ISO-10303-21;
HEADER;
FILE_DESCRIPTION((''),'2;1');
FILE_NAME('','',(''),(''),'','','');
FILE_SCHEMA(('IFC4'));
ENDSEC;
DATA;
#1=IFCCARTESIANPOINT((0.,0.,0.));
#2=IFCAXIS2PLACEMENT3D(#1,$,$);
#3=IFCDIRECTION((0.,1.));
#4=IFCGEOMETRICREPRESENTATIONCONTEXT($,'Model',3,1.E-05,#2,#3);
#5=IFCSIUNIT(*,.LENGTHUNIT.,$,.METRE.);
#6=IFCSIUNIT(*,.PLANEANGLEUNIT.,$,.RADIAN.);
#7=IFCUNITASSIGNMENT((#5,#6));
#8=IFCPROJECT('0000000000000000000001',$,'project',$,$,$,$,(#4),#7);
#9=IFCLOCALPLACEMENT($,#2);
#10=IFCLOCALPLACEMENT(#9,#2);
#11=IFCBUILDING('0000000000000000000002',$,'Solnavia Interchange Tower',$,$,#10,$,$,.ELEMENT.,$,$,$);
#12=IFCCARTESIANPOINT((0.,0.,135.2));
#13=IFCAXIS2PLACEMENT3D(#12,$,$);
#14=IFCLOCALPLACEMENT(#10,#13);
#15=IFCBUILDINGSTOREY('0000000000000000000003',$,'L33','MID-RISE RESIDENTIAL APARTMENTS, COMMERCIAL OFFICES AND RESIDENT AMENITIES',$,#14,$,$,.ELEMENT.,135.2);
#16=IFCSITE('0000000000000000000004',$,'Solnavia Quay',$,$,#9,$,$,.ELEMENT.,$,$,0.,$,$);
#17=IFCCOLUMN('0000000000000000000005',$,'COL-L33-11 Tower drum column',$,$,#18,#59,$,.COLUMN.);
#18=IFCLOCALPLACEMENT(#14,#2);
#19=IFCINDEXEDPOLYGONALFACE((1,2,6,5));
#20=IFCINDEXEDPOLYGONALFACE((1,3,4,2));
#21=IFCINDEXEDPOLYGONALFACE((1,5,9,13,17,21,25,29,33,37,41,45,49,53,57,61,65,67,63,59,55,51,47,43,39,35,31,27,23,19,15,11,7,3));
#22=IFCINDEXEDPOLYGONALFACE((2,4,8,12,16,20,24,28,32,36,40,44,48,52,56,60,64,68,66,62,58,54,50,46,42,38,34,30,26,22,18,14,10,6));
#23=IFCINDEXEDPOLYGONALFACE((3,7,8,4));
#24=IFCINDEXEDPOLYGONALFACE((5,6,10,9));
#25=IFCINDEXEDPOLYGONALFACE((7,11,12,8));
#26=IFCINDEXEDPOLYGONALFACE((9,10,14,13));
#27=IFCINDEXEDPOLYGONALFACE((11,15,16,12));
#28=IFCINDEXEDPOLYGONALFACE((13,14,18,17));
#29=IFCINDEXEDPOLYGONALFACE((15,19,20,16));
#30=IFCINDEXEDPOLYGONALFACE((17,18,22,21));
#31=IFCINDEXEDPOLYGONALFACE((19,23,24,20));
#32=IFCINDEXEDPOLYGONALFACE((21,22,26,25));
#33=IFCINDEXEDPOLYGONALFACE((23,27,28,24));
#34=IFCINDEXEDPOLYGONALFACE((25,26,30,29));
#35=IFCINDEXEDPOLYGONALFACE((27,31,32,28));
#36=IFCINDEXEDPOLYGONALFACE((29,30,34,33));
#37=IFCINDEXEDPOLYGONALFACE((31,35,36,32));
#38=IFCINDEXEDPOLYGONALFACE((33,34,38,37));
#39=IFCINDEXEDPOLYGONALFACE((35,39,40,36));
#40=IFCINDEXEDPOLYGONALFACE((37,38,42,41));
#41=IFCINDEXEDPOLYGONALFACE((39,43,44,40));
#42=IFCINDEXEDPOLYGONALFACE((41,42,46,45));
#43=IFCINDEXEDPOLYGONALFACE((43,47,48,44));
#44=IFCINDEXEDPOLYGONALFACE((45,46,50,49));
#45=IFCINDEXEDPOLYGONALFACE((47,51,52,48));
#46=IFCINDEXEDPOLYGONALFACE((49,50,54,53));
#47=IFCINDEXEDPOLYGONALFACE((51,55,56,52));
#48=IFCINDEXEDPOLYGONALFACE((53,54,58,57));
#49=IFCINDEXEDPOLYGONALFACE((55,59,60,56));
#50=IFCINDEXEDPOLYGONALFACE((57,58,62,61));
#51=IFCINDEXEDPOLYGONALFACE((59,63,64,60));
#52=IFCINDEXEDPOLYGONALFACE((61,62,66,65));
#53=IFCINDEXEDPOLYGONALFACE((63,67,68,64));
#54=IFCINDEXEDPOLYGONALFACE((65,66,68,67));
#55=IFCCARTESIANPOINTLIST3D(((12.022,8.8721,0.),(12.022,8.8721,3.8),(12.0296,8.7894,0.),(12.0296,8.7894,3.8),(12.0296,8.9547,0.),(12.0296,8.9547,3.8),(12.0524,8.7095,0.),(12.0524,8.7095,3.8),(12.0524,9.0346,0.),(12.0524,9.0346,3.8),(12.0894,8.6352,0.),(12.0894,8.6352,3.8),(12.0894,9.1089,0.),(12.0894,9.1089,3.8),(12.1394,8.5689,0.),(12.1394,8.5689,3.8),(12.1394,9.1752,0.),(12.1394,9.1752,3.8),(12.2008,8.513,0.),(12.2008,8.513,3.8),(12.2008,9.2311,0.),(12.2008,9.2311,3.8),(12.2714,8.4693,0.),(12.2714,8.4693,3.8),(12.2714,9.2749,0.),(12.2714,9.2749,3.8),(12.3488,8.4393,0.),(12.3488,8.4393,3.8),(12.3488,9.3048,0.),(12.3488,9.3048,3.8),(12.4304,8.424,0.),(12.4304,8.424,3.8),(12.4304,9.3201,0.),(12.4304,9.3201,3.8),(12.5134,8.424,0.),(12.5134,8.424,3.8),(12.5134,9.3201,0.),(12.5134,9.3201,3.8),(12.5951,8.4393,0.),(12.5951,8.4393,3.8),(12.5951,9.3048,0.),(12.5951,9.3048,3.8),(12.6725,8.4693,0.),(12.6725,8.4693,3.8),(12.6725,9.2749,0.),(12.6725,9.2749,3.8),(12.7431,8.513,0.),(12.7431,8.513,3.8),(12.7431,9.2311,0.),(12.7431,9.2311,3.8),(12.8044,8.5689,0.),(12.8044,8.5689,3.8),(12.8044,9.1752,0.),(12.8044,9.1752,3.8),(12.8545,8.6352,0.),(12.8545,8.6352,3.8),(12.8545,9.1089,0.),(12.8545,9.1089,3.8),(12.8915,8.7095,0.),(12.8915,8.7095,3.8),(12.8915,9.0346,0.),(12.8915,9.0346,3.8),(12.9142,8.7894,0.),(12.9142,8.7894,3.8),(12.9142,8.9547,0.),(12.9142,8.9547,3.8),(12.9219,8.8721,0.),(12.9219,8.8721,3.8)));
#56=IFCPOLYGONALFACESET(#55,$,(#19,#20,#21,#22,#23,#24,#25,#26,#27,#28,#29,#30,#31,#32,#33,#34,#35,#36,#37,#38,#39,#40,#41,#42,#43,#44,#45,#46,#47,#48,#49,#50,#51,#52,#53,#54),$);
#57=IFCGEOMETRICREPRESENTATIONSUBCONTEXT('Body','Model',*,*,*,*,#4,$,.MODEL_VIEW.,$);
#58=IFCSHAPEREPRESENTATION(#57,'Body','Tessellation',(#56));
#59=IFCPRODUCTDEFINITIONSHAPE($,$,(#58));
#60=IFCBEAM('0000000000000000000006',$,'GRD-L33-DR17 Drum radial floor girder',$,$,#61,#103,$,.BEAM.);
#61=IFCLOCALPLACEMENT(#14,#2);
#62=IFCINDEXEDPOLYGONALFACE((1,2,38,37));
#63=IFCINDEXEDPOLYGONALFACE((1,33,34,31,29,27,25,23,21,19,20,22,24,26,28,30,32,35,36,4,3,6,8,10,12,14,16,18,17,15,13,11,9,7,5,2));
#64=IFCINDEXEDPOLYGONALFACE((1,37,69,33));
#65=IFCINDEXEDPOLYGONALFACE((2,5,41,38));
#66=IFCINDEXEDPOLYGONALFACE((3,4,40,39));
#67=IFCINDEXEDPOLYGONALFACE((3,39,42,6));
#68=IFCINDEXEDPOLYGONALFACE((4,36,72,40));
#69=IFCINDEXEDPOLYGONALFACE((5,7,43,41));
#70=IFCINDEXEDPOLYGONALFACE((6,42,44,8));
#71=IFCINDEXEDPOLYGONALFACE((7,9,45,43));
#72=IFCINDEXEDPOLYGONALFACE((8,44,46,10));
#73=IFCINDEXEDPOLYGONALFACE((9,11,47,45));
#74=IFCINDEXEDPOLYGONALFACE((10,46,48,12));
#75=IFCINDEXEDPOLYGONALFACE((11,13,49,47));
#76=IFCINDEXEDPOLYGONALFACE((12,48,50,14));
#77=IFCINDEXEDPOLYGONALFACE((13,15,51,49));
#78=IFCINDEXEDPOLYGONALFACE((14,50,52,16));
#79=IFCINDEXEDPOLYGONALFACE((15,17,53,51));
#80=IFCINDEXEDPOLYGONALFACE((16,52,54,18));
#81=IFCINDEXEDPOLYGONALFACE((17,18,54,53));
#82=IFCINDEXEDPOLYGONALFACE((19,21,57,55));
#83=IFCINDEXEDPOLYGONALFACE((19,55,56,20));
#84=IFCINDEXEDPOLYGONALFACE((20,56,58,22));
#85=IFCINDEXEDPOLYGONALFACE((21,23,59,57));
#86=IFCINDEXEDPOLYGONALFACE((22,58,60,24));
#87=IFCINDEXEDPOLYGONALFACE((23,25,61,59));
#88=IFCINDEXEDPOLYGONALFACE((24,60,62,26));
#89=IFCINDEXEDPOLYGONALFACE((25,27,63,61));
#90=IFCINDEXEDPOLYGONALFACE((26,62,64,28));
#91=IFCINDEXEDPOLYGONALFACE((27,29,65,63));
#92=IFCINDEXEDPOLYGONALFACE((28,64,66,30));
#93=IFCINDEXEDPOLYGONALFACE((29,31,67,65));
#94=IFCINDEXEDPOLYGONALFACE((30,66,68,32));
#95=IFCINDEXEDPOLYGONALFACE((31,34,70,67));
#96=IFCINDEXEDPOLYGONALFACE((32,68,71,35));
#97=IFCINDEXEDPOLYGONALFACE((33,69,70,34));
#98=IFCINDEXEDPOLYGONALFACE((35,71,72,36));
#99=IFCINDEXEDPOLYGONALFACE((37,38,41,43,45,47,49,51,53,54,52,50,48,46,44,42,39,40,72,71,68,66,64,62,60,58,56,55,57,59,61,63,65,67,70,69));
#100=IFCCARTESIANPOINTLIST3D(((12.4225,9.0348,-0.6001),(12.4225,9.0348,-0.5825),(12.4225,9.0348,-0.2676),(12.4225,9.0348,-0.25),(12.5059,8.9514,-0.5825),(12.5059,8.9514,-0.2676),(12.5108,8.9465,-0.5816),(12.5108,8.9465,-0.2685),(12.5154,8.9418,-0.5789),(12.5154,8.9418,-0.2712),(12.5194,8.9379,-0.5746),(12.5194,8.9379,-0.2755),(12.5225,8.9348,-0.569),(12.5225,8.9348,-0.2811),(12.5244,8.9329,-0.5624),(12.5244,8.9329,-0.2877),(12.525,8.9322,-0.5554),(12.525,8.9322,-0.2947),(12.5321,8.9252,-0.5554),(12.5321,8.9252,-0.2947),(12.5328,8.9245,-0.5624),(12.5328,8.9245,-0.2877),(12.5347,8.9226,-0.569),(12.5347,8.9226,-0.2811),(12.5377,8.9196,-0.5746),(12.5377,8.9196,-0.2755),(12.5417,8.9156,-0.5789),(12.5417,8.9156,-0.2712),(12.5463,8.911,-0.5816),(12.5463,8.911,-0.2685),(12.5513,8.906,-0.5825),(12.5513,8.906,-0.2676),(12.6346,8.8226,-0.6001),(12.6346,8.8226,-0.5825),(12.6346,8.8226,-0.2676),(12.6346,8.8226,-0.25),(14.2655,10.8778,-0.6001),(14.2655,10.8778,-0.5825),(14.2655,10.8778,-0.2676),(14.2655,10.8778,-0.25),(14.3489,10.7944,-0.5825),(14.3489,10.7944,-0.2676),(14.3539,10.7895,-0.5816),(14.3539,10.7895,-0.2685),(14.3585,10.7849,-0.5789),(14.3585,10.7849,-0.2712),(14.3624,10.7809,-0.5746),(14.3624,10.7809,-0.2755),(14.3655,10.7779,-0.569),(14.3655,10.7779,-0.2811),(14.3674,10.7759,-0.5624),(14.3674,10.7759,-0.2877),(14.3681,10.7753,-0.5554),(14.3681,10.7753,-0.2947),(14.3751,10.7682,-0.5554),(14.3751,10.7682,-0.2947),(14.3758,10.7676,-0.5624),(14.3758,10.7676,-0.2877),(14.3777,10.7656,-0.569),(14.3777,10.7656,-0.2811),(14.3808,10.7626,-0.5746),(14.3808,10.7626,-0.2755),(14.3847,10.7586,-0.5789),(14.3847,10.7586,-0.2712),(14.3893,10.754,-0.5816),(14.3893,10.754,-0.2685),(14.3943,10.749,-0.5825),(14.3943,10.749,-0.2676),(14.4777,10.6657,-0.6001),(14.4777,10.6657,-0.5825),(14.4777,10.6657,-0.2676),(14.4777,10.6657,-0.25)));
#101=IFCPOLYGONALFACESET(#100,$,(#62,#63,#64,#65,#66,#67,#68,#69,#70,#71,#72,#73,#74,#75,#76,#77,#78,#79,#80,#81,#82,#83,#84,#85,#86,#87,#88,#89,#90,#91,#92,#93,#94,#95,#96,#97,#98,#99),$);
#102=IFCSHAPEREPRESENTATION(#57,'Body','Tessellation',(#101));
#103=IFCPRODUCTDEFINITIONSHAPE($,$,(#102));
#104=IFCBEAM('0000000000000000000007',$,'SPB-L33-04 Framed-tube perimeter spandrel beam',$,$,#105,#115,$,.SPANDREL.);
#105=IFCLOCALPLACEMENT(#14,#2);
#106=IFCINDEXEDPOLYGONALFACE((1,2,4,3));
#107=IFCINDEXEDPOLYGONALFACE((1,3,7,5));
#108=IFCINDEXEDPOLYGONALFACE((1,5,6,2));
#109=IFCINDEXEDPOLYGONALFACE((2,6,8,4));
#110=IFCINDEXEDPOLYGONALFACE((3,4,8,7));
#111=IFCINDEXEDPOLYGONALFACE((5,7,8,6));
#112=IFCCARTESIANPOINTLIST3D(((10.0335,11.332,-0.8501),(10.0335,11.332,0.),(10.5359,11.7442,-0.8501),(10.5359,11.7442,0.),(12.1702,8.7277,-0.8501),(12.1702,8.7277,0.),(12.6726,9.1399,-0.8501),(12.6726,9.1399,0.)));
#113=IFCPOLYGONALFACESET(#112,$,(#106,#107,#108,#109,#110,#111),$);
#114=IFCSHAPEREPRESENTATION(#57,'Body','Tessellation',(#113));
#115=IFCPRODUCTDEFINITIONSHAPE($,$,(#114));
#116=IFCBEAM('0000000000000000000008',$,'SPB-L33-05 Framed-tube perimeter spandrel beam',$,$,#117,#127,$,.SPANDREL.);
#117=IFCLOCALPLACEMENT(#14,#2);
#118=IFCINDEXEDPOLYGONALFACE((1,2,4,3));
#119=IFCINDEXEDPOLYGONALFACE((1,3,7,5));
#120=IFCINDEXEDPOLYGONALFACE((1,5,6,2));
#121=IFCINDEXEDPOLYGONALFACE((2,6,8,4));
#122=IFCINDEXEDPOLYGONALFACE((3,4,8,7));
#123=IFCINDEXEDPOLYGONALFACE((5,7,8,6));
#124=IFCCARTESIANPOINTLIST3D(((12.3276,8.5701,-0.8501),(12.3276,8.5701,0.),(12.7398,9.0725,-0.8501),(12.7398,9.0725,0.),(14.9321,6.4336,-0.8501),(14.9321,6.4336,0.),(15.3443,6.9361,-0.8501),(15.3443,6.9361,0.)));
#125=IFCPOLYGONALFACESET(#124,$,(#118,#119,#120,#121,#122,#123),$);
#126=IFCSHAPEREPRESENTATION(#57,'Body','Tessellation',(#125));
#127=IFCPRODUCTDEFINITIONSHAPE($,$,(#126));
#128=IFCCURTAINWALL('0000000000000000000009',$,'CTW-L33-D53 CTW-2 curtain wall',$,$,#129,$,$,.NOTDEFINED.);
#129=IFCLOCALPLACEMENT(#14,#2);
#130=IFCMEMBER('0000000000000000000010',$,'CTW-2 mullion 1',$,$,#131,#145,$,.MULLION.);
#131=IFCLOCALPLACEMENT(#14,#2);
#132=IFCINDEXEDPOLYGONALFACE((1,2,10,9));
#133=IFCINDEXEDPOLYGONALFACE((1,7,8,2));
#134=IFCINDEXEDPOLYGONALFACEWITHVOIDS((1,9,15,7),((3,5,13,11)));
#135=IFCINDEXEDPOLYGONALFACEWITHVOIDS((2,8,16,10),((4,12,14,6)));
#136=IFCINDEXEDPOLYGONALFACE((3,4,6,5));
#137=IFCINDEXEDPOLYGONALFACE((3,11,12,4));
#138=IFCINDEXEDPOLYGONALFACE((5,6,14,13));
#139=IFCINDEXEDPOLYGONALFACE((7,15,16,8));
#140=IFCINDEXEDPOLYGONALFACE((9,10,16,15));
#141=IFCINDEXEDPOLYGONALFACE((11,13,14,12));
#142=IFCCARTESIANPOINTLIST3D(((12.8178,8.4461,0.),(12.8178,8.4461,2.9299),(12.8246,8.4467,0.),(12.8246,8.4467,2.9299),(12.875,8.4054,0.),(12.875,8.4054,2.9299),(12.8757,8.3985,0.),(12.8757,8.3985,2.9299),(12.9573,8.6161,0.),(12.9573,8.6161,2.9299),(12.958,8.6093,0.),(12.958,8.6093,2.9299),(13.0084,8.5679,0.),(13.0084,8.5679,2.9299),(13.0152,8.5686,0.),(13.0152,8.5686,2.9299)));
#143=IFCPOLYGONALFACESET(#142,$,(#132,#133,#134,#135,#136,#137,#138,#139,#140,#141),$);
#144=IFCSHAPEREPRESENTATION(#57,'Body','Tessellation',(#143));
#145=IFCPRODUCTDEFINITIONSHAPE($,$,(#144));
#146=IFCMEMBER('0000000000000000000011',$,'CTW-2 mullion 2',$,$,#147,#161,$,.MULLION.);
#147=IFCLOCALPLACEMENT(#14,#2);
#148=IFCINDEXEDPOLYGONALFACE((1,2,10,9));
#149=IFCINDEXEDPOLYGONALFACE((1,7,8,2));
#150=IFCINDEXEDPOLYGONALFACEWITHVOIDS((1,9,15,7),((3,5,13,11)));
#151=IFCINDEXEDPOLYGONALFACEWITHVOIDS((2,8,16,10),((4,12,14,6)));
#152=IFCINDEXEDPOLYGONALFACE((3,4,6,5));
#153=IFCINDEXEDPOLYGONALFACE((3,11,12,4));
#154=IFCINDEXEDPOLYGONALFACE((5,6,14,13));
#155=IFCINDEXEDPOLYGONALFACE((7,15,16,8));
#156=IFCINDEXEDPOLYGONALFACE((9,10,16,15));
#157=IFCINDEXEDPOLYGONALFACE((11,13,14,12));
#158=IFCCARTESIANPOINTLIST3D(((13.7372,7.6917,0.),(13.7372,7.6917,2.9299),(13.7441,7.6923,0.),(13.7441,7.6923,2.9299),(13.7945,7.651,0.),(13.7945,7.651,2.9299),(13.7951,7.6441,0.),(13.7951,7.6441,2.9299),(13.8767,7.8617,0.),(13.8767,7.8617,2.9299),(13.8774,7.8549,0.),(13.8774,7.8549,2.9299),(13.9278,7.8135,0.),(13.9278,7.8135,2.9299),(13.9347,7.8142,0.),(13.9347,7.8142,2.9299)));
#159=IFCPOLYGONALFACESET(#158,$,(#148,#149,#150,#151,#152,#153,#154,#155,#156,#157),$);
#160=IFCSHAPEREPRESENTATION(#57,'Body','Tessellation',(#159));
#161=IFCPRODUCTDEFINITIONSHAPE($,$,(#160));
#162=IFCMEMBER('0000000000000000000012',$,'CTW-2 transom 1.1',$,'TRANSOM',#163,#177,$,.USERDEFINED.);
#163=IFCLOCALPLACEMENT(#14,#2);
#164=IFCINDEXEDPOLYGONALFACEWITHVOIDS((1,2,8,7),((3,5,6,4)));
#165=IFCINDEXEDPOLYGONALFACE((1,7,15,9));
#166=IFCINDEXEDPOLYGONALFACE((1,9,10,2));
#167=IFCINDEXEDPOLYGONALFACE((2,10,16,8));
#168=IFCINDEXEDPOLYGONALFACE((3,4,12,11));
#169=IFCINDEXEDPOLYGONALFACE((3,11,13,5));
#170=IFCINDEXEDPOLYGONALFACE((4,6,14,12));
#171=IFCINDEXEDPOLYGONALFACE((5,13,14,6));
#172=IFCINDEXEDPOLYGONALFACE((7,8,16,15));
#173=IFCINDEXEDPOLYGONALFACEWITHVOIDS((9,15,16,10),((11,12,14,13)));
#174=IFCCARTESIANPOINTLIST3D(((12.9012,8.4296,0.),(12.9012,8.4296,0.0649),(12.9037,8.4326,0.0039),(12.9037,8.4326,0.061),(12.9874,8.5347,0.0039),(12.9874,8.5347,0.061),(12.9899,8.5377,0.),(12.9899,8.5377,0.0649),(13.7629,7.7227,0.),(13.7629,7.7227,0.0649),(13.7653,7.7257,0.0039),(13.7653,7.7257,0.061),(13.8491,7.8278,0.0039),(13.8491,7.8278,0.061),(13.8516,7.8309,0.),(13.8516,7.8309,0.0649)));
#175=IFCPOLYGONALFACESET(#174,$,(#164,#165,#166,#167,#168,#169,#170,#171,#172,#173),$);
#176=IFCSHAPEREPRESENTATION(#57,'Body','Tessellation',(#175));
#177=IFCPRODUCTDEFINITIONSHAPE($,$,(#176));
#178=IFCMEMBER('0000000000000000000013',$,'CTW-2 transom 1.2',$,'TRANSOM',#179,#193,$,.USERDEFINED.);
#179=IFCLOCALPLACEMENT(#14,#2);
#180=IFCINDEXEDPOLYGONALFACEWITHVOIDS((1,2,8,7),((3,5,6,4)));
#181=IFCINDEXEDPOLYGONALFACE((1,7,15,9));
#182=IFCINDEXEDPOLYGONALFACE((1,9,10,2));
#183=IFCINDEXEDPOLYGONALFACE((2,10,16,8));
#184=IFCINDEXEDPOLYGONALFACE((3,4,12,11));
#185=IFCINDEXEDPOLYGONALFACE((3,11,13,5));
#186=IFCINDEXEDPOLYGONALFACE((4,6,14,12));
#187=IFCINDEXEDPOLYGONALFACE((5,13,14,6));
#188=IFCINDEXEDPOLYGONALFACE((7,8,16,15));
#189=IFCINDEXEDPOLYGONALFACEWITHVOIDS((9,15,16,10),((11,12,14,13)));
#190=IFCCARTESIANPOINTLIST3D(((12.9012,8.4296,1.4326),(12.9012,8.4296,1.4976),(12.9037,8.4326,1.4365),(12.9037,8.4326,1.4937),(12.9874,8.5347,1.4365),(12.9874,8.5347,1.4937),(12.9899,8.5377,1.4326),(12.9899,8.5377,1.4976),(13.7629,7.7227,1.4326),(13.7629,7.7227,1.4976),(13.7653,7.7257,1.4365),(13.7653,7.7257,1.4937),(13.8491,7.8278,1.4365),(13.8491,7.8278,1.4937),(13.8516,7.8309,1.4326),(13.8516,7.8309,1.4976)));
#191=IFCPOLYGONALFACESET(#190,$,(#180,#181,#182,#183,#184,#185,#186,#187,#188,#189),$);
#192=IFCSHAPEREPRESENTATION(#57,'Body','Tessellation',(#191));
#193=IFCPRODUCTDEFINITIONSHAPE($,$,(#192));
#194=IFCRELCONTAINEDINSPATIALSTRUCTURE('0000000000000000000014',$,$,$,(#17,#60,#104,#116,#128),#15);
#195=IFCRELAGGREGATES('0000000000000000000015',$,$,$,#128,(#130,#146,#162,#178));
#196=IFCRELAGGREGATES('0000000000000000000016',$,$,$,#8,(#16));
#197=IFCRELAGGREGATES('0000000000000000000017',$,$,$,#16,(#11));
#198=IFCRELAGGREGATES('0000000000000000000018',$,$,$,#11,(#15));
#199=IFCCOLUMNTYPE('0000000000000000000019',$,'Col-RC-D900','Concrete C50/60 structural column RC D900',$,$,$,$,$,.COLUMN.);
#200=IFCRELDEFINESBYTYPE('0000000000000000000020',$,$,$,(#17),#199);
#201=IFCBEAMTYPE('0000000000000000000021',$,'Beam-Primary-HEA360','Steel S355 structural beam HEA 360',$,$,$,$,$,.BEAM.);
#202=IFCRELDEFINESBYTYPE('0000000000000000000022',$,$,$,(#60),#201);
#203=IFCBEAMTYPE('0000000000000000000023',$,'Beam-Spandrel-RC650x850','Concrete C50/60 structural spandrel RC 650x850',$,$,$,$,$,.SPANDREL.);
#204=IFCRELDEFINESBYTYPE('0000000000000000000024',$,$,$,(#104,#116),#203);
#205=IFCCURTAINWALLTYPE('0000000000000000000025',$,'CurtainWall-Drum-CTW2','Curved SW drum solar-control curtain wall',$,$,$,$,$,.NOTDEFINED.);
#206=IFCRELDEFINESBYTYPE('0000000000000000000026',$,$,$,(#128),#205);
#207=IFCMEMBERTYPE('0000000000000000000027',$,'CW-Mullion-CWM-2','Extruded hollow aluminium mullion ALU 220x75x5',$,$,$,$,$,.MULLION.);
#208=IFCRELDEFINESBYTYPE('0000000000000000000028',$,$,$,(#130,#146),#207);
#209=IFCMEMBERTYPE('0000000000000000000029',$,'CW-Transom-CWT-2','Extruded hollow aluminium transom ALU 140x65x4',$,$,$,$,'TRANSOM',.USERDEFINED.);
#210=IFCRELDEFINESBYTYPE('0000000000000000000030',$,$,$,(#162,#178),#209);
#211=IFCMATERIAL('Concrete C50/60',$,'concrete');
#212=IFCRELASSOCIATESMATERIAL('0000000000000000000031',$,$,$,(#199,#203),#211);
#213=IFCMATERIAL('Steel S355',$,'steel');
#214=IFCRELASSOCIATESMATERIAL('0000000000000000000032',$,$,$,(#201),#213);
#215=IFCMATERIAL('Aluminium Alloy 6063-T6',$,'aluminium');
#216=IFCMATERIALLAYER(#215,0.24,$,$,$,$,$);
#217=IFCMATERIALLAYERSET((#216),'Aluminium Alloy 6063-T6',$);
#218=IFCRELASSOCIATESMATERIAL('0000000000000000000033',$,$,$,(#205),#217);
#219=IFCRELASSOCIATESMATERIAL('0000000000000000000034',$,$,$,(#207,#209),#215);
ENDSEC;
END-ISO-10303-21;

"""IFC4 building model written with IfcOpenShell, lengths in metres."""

from ifc_helpers import new_model, si_unit, direction, frame, origin, origin_2d, place, context, subcontext, project, spatial, rectangle, hollow_rectangle, circle, i_section, extrude, material, layer, layer_set, material_profile, profile_set, type_object, element, aggregate, save


model = new_model("IFC4")

# Units and contexts
model_context = context("Model", 3, precision=1e-05, world=origin(), true_north=direction((0.0, 1.0)))
body_context = subcontext(model_context, "Body", "Model", "MODEL_VIEW")
ifc_project = project(units=[si_unit("LENGTHUNIT", "METRE"), si_unit("PLANEANGLEUNIT", "RADIAN")], contexts=[model_context])

# Site, building, storey
site_placement = place(None, origin())
site = spatial("IfcSite", under=ifc_project, at=site_placement, Name="Solnavia Quay", CompositionType="ELEMENT", RefElevation=0.0)
building_placement = place(site_placement, origin())
building = spatial("IfcBuilding", under=site, at=building_placement, Name="Solnavia Interchange Tower", CompositionType="ELEMENT")
storey_placement = place(building_placement, frame((0.0, 0.0, 135.2)))
storey = spatial("IfcBuildingStorey", under=building, at=storey_placement, Name="L33", Description="MID-RISE RESIDENTIAL APARTMENTS, COMMERCIAL OFFICES AND RESIDENT AMENITIES", CompositionType="ELEMENT", Elevation=135.2)

# Column
ifc_material_1 = material(Name="Concrete C50/60", Category="concrete")
ifc_material_profile_1 = material_profile(ifc_material_1, circle(Radius=0.45, at=origin_2d()), Name="RC D900")
ifc_profile_set_1 = profile_set([ifc_material_profile_1], Name="Concrete C50/60")
column_type = type_object("IfcColumnType", Name="Col-RC-D900", Description="Concrete C50/60 structural column RC D900", PredefinedType="COLUMN", material=ifc_profile_set_1)
column_placement = place(storey_placement, frame((12.4719, 8.8721, 0.0), z_axis=(0.0, 0.0, 1.0), x_axis=(1.0, 0.0, 0.0)))
element("IfcColumn", 1, at=column_placement, inside=storey, type_object=column_type, Name="COL-L33-11 Tower drum column", PredefinedType="COLUMN", context=body_context, shape_type="SweptSolid", body=[
    extrude(circle(Radius=0.45, at=origin_2d()), origin(), (0.0, 0.0, 1.0), 3.8),
])

# Beams
ifc_material_2 = material(Name="Steel S355", Category="steel")
ifc_material_profile_2 = material_profile(ifc_material_2, i_section(OverallWidth=0.3, OverallDepth=0.3501, WebThickness=0.01, FlangeThickness=0.0176, FilletRadius=0.0271, at=origin_2d()), Name="HEA 360")
ifc_profile_set_2 = profile_set([ifc_material_profile_2], Name="Steel S355")
beam_type_1 = type_object("IfcBeamType", Name="Beam-Primary-HEA360", Description="Steel S355 structural beam HEA 360", PredefinedType="BEAM", material=ifc_profile_set_2)
beam_placement = place(storey_placement, frame((12.5286, 8.9287, -0.425), z_axis=(0.707107, 0.707107, 0.0), x_axis=(-0.707107, 0.707107, 0.0)))
element("IfcBeam", 2, at=beam_placement, inside=storey, type_object=beam_type_1, Name="GRD-L33-DR17 Drum radial floor girder", PredefinedType="BEAM", context=body_context, shape_type="SweptSolid", body=[
    extrude(i_section(OverallWidth=0.3, OverallDepth=0.3501, WebThickness=0.01, FlangeThickness=0.0176, FilletRadius=0.0271, at=origin_2d()), origin(), (0.0, 0.0, 1.0), 2.6064),
])
ifc_material_profile_3 = material_profile(ifc_material_1, rectangle(XDim=0.6499, YDim=0.8501, at=origin_2d()), Name="RC 650x850")
ifc_profile_set_3 = profile_set([ifc_material_profile_3], Name="Concrete C50/60")
beam_type_2 = type_object("IfcBeamType", Name="Beam-Spandrel-RC650x850", Description="Concrete C50/60 structural spandrel RC 650x850", PredefinedType="SPANDREL", material=ifc_profile_set_3)
for number, where, z_axis, x_axis, name in (
    (3, (10.2847, 11.5381, -0.425), (0.634299, -0.773088, 0.0), (0.773088, 0.634299, 0.0), "SPB-L33-04 Framed-tube perimeter spandrel beam"),
    (4, (12.5337, 8.8213, -0.425), (0.773153, -0.63422, 0.0), (0.63422, 0.773153, 0.0), "SPB-L33-05 Framed-tube perimeter spandrel beam"),
):
    element("IfcBeam", number, at=place(storey_placement, frame(where, z_axis=z_axis, x_axis=x_axis)), inside=storey, type_object=beam_type_2, Name=name, PredefinedType="SPANDREL", context=body_context, shape_type="SweptSolid", body=[
        extrude(rectangle(XDim=0.6499, YDim=0.8501, at=origin_2d()), origin(), (0.0, 0.0, 1.0), 3.3687),
    ])

# Curtain wall, members
ifc_material_3 = material(Name="Aluminium Alloy 6063-T6", Category="aluminium")
ifc_layer_1 = layer(ifc_material_3, 0.24)
ifc_layer_set_1 = layer_set([ifc_layer_1], Name="Aluminium Alloy 6063-T6")
curtain_wall_type = type_object("IfcCurtainWallType", Name="CurtainWall-Drum-CTW2", Description="Curved SW drum solar-control curtain wall", PredefinedType="NOTDEFINED", material=ifc_layer_set_1)
curtain_wall_placement = place(storey_placement, origin())
curtain_wall = element("IfcCurtainWall", 5, at=curtain_wall_placement, inside=storey, type_object=curtain_wall_type, Name="CTW-L33-D53 CTW-2 curtain wall", PredefinedType="NOTDEFINED")
ifc_material_profile_4 = material_profile(ifc_material_3, hollow_rectangle(XDim=0.075, YDim=0.22, WallThickness=0.0049, at=origin_2d()), Name="ALU 220x75x5")
ifc_profile_set_4 = profile_set([ifc_material_profile_4], Name="Aluminium Alloy 6063-T6")
member_type_1 = type_object("IfcMemberType", Name="CW-Mullion-CWM-2", Description="Extruded hollow aluminium mullion ALU 220x75x5", PredefinedType="MULLION", material=ifc_profile_set_4)
member_1_placement = place(storey_placement, frame((12.9165, 8.5073, 0.0), z_axis=(0.0, 0.0, 1.0), x_axis=(0.773103, -0.63428, 0.0)))
member_1 = element("IfcMember", 6, at=member_1_placement, type_object=member_type_1, Name="CTW-2 mullion 1", PredefinedType="MULLION", context=body_context, shape_type="SweptSolid", body=[
    extrude(hollow_rectangle(XDim=0.075, YDim=0.22, WallThickness=0.0049, at=origin_2d()), origin(), (0.0, 0.0, 1.0), 2.9299),
])
member_2_placement = place(storey_placement, frame((13.8359, 7.7529, 0.0), z_axis=(0.0, 0.0, 1.0), x_axis=(0.773103, -0.63428, 0.0)))
member_2 = element("IfcMember", 7, at=member_2_placement, type_object=member_type_1, Name="CTW-2 mullion 2", PredefinedType="MULLION", context=body_context, shape_type="SweptSolid", body=[
    extrude(hollow_rectangle(XDim=0.075, YDim=0.22, WallThickness=0.0049, at=origin_2d()), origin(), (0.0, 0.0, 1.0), 2.9299),
])
ifc_material_profile_5 = material_profile(ifc_material_3, hollow_rectangle(XDim=0.0649, YDim=0.1399, WallThickness=0.0039, at=origin_2d()), Name="ALU 140x65x4")
ifc_profile_set_5 = profile_set([ifc_material_profile_5], Name="Aluminium Alloy 6063-T6")
member_type_2 = type_object("IfcMemberType", Name="CW-Transom-CWT-2", Description="Extruded hollow aluminium transom ALU 140x65x4", ElementType="TRANSOM", PredefinedType="USERDEFINED", material=ifc_profile_set_5)
member_3_placement = place(storey_placement, frame((12.9456, 8.4836, 0.0325), z_axis=(0.773137, -0.634239, 0.0), x_axis=(0.0, 0.0, 1.0)))
member_3 = element("IfcMember", 8, at=member_3_placement, type_object=member_type_2, Name="CTW-2 transom 1.1", ObjectType="TRANSOM", PredefinedType="USERDEFINED", context=body_context, shape_type="SweptSolid", body=[
    extrude(hollow_rectangle(XDim=0.0649, YDim=0.1399, WallThickness=0.0039, at=origin_2d()), origin(), (0.0, 0.0, 1.0), 1.1145),
])
member_4_placement = place(storey_placement, frame((12.9456, 8.4836, 1.4651), z_axis=(0.773137, -0.634239, 0.0), x_axis=(0.0, 0.0, 1.0)))
member_4 = element("IfcMember", 9, at=member_4_placement, type_object=member_type_2, Name="CTW-2 transom 1.2", ObjectType="TRANSOM", PredefinedType="USERDEFINED", context=body_context, shape_type="SweptSolid", body=[
    extrude(hollow_rectangle(XDim=0.0649, YDim=0.1399, WallThickness=0.0039, at=origin_2d()), origin(), (0.0, 0.0, 1.0), 1.1145),
])
aggregate(curtain_wall, [member_1, member_2, member_3, member_4])

save(model, "model.ifc")
